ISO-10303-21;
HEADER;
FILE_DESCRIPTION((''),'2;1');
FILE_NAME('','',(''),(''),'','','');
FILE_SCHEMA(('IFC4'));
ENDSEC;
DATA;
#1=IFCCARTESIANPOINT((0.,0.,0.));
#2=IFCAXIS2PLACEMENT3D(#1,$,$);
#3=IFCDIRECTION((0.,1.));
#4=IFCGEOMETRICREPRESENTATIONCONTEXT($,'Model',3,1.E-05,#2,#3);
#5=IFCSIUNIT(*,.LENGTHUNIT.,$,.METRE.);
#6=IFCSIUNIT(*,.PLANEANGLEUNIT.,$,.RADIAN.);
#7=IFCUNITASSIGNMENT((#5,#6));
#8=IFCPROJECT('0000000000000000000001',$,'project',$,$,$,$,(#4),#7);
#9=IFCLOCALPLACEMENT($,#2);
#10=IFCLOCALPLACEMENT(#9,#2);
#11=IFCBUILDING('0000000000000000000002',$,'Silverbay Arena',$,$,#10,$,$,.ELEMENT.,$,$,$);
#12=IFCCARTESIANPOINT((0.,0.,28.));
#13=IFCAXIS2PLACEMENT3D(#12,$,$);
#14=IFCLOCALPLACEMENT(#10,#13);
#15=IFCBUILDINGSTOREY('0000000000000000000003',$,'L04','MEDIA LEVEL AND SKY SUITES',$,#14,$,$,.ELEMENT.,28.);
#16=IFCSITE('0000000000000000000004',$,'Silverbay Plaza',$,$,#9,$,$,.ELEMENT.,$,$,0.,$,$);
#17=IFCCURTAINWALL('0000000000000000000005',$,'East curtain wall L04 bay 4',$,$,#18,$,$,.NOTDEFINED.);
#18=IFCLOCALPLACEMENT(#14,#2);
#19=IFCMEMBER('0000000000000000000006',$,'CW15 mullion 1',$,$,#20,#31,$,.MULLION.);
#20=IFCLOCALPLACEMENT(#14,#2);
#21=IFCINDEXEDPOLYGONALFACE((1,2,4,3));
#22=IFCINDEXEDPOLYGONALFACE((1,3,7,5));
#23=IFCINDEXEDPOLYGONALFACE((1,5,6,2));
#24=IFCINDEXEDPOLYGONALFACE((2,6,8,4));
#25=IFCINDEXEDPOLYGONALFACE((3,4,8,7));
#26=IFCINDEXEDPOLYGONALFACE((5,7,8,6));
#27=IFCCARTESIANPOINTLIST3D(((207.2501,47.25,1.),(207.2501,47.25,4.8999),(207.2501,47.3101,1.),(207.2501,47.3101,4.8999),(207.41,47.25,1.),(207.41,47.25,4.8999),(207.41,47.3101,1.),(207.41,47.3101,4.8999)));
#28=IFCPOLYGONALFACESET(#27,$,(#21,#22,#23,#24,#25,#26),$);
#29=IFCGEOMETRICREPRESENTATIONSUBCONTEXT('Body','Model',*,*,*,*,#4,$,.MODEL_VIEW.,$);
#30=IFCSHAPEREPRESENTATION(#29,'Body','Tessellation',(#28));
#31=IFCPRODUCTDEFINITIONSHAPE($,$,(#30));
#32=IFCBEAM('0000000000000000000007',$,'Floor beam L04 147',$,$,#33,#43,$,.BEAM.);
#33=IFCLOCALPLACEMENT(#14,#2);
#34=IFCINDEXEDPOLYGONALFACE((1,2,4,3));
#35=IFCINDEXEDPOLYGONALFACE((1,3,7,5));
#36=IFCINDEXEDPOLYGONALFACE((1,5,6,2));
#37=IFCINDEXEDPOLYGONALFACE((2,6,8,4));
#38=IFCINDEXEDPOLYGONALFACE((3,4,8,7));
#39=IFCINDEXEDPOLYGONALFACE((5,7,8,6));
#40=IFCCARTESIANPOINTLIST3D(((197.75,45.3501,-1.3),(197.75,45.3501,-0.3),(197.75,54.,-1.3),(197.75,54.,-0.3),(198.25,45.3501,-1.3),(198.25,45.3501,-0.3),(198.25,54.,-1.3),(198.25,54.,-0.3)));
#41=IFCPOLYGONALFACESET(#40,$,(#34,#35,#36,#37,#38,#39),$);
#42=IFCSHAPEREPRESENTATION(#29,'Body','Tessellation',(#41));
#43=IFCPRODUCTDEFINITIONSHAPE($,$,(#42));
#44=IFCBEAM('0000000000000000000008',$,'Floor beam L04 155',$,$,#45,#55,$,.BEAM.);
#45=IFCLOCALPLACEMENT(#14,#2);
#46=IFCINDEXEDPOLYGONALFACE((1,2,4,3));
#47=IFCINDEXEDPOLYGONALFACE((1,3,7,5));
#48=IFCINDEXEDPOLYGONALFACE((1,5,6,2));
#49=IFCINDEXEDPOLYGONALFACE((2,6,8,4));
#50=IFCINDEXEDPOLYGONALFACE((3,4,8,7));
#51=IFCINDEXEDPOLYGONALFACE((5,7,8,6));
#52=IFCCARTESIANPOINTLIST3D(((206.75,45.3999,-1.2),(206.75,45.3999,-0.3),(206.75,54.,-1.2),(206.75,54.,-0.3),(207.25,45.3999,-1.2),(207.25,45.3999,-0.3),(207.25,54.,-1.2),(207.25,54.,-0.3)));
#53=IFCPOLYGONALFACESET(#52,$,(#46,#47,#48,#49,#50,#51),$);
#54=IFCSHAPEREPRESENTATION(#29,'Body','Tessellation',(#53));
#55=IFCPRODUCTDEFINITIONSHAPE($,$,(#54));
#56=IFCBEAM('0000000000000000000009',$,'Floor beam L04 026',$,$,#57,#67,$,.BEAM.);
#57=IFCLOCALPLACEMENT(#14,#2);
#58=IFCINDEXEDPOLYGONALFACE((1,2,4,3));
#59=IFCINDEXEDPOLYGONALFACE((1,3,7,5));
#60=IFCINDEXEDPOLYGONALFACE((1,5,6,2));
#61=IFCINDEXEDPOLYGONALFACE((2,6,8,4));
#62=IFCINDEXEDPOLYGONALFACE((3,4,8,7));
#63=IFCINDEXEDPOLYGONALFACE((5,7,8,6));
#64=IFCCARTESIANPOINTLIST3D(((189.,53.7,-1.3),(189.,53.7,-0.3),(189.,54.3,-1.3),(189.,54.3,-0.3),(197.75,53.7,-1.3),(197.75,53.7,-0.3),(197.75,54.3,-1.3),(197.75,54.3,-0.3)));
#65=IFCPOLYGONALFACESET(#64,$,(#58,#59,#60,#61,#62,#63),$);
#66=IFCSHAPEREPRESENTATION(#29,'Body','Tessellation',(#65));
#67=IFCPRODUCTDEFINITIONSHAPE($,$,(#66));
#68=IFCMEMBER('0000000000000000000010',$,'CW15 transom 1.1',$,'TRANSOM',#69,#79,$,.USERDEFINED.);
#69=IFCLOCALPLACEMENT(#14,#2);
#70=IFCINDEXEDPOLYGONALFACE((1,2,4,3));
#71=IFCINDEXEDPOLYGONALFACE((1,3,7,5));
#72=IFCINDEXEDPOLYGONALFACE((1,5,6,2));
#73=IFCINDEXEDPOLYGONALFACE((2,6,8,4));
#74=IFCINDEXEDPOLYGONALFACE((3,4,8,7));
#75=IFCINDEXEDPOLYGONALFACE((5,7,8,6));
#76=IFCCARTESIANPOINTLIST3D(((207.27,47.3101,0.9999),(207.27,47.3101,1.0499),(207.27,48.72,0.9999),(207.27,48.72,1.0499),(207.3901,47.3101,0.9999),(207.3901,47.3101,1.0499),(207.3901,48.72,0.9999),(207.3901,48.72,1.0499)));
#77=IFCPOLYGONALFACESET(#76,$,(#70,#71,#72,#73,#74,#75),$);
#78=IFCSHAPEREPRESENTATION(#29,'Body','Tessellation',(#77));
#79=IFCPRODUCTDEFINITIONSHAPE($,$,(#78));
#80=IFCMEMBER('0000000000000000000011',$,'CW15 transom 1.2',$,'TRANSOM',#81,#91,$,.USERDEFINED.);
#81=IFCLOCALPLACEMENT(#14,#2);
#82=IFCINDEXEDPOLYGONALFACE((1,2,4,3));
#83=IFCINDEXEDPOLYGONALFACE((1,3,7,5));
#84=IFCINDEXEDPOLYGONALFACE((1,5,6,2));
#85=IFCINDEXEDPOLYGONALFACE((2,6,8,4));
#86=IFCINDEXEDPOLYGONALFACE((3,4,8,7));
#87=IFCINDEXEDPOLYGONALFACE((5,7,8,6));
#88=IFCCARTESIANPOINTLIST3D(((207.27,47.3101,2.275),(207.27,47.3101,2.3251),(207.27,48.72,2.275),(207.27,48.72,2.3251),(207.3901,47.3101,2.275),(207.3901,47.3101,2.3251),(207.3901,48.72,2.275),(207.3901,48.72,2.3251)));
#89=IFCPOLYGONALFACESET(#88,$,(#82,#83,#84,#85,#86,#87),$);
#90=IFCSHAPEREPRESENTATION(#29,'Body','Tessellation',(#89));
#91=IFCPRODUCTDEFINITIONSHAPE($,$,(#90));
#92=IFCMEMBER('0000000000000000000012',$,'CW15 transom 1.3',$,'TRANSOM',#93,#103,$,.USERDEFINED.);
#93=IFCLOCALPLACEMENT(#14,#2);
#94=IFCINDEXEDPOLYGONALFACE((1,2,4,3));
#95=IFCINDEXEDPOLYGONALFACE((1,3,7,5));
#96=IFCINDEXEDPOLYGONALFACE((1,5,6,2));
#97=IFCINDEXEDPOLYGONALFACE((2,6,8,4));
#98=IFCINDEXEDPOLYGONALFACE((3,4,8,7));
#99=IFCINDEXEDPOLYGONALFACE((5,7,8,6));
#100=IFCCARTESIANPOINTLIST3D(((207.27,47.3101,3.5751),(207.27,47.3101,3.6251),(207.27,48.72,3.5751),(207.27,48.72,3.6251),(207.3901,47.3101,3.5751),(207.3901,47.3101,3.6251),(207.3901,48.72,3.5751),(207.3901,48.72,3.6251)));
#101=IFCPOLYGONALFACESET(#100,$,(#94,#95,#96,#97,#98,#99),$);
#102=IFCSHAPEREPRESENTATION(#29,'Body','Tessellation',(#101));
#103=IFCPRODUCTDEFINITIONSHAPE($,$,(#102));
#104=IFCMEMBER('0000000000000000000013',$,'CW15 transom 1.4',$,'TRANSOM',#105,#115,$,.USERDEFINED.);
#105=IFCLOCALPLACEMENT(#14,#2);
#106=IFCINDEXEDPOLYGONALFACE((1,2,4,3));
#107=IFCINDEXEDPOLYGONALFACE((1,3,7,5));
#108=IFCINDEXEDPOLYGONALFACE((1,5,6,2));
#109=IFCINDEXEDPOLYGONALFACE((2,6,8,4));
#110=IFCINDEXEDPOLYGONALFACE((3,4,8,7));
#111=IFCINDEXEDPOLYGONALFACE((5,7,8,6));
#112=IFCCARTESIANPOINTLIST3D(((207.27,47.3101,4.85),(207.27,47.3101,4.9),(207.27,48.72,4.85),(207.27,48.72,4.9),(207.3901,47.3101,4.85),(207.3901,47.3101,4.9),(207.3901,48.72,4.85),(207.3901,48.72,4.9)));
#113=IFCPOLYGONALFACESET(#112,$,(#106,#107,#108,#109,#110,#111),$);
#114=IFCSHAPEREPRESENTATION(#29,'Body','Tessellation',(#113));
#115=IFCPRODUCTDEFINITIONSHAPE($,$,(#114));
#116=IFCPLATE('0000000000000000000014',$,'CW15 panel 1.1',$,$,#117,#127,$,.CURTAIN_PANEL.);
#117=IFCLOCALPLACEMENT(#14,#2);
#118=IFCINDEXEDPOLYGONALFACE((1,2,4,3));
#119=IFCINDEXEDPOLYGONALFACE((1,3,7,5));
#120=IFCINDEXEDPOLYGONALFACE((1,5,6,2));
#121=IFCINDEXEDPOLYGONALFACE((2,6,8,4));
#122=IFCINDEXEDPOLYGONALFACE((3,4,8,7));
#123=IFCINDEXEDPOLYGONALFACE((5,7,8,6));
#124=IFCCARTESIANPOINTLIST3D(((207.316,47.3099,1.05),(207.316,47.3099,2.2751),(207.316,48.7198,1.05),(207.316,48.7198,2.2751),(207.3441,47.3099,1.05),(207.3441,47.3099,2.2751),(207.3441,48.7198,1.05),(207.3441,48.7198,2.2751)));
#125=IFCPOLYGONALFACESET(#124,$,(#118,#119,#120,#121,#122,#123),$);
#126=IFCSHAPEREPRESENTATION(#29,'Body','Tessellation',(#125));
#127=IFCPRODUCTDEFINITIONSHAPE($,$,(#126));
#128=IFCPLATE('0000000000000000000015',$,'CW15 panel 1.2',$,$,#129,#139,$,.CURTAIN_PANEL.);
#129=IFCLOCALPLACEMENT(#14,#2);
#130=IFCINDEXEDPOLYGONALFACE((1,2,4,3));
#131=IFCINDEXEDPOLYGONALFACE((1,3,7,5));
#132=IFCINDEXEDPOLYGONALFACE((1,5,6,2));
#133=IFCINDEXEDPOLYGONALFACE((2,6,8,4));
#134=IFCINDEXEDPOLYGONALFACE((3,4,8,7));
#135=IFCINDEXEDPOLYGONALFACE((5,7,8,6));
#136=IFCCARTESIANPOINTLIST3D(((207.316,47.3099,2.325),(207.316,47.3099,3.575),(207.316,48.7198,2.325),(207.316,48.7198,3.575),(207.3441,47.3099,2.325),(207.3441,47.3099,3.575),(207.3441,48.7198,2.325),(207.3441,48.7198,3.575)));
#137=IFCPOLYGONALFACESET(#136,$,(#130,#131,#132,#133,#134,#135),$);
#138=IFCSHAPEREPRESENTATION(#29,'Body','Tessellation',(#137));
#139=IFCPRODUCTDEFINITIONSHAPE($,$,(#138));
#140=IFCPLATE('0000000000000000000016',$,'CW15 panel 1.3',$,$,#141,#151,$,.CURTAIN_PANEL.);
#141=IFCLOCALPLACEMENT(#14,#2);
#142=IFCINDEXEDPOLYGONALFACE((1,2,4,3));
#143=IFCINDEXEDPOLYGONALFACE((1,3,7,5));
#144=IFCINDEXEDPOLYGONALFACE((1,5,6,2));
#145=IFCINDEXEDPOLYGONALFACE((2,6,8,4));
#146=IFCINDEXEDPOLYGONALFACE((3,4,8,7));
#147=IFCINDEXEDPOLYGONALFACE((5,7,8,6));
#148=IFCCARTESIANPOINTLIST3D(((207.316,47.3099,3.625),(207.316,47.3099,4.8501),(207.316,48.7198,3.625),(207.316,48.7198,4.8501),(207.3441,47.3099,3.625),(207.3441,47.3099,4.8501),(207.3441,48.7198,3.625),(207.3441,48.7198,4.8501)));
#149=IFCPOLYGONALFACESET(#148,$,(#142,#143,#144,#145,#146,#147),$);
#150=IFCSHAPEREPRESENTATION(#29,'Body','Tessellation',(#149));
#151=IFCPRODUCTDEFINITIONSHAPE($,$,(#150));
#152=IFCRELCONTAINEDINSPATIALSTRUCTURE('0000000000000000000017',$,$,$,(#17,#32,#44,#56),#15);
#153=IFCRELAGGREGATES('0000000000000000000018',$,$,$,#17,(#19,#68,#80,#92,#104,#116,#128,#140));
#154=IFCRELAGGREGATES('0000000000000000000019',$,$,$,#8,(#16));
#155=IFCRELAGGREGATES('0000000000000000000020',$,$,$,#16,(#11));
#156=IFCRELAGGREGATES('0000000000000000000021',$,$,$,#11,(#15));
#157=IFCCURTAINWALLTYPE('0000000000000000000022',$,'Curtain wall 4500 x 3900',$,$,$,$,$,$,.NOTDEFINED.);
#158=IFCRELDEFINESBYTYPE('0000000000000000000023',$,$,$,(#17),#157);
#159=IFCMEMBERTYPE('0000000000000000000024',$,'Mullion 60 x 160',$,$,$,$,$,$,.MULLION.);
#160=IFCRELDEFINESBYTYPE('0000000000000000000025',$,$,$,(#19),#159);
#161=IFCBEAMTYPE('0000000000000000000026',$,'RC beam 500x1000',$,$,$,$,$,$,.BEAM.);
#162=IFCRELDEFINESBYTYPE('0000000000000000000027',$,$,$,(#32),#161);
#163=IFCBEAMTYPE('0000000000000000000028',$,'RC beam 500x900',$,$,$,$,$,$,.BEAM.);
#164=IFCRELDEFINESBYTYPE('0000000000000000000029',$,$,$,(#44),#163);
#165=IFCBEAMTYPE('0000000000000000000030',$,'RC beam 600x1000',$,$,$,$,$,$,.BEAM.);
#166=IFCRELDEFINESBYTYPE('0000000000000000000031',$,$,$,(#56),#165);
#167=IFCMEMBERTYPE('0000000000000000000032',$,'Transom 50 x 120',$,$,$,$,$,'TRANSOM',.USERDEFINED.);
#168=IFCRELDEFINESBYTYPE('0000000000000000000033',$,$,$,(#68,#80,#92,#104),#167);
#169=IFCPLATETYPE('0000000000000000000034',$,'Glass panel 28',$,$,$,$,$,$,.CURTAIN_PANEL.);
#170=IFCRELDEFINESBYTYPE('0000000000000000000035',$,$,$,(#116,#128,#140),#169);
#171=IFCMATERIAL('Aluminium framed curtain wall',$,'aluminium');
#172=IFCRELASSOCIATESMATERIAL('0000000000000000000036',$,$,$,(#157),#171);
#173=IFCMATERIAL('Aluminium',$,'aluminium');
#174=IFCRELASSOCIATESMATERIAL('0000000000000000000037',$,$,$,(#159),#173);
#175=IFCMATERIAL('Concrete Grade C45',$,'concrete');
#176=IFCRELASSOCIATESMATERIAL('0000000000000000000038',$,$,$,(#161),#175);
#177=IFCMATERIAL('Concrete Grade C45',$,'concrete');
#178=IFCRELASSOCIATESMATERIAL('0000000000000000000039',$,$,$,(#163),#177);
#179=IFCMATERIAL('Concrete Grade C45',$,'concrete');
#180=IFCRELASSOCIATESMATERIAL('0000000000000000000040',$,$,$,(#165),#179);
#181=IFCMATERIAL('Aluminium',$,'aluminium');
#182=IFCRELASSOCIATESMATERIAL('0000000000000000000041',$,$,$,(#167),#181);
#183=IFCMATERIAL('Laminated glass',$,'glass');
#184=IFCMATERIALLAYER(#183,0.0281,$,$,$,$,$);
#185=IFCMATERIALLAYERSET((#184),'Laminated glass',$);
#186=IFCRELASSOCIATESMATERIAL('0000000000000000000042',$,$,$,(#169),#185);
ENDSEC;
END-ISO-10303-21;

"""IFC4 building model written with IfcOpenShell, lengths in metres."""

from ifc_helpers import new_model, si_unit, direction, frame, origin, origin_2d, place, context, subcontext, project, spatial, rectangle, extrude, material, layer, layer_set, material_profile, profile_set, type_object, element, aggregate, save


model = new_model("IFC4")

# Units and contexts
model_context = context("Model", 3, precision=1e-05, world=origin(), true_north=direction((0.0, 1.0)))
body_context = subcontext(model_context, "Body", "Model", "MODEL_VIEW")
ifc_project = project(units=[si_unit("LENGTHUNIT", "METRE"), si_unit("PLANEANGLEUNIT", "RADIAN")], contexts=[model_context])

# Site, building, storey
site_placement = place(None, origin())
site = spatial("IfcSite", under=ifc_project, at=site_placement, Name="Silverbay Plaza", CompositionType="ELEMENT", RefElevation=0.0)
building_placement = place(site_placement, origin())
building = spatial("IfcBuilding", under=site, at=building_placement, Name="Silverbay Arena", CompositionType="ELEMENT")
storey_placement = place(building_placement, frame((0.0, 0.0, 28.0)))
storey = spatial("IfcBuildingStorey", under=building, at=storey_placement, Name="L04", Description="MEDIA LEVEL AND SKY SUITES", CompositionType="ELEMENT", Elevation=28.0)

# Curtain wall, member
ifc_material_1 = material(Name="Aluminium framed curtain wall", Category="aluminium")
curtain_wall_type = type_object("IfcCurtainWallType", Name="Curtain wall 4500 x 3900", PredefinedType="NOTDEFINED", material=ifc_material_1)
curtain_wall_placement = place(storey_placement, origin())
curtain_wall = element("IfcCurtainWall", 1, at=curtain_wall_placement, inside=storey, type_object=curtain_wall_type, Name="East curtain wall L04 bay 4", PredefinedType="NOTDEFINED")
ifc_material_2 = material(Name="Aluminium", Category="aluminium")
ifc_material_profile_1 = material_profile(ifc_material_2, rectangle(XDim=0.1599, YDim=0.0601, at=origin_2d()), Name="Mullion 60 x 160")
ifc_profile_set_1 = profile_set([ifc_material_profile_1], Name="Aluminium")
member_type_1 = type_object("IfcMemberType", Name="Mullion 60 x 160", PredefinedType="MULLION", material=ifc_profile_set_1)
member_1_placement = place(storey_placement, frame((207.3301, 47.28, 1.0), z_axis=(0.0, 0.0, 1.0), x_axis=(-1.0, 0.0, 0.0)))
member_1 = element("IfcMember", 2, at=member_1_placement, type_object=member_type_1, Name="CW15 mullion 1", PredefinedType="MULLION", context=body_context, shape_type="SweptSolid", body=[
    extrude(rectangle(XDim=0.1599, YDim=0.0601, at=origin_2d()), origin(), (0.0, 0.0, 1.0), 3.8999),
])

# Beams
ifc_material_3 = material(Name="Concrete Grade C45", Category="concrete")
ifc_material_profile_2 = material_profile(ifc_material_3, rectangle(XDim=0.5, YDim=1.0, at=origin_2d()), Name="RC 500x1000")
ifc_profile_set_2 = profile_set([ifc_material_profile_2], Name="Concrete Grade C45")
beam_type_1 = type_object("IfcBeamType", Name="RC beam 500x1000", PredefinedType="BEAM", material=ifc_profile_set_2)
beam_1_placement = place(storey_placement, frame((198.0, 45.3501, -0.8), z_axis=(0.0, 1.0, 0.0), x_axis=(-1.0, 0.0, 0.0)))
element("IfcBeam", 3, at=beam_1_placement, inside=storey, type_object=beam_type_1, Name="Floor beam L04 147", PredefinedType="BEAM", context=body_context, shape_type="SweptSolid", body=[
    extrude(rectangle(XDim=0.5, YDim=1.0, at=origin_2d()), origin(), (0.0, 0.0, 1.0), 8.6499),
])
ifc_material_4 = material(Name="Concrete Grade C45", Category="concrete")
ifc_material_profile_3 = material_profile(ifc_material_4, rectangle(XDim=0.5, YDim=0.8999, at=origin_2d()), Name="RC 500x900")
ifc_profile_set_3 = profile_set([ifc_material_profile_3], Name="Concrete Grade C45")
beam_type_2 = type_object("IfcBeamType", Name="RC beam 500x900", PredefinedType="BEAM", material=ifc_profile_set_3)
beam_2_placement = place(storey_placement, frame((207.0, 45.3999, -0.75), z_axis=(0.0, 1.0, 0.0), x_axis=(-1.0, 0.0, 0.0)))
element("IfcBeam", 4, at=beam_2_placement, inside=storey, type_object=beam_type_2, Name="Floor beam L04 155", PredefinedType="BEAM", context=body_context, shape_type="SweptSolid", body=[
    extrude(rectangle(XDim=0.5, YDim=0.8999, at=origin_2d()), origin(), (0.0, 0.0, 1.0), 8.6001),
])
ifc_material_5 = material(Name="Concrete Grade C45", Category="concrete")
ifc_material_profile_4 = material_profile(ifc_material_5, rectangle(XDim=0.6001, YDim=1.0, at=origin_2d()), Name="RC 600x1000")
ifc_profile_set_4 = profile_set([ifc_material_profile_4], Name="Concrete Grade C45")
beam_type_3 = type_object("IfcBeamType", Name="RC beam 600x1000", PredefinedType="BEAM", material=ifc_profile_set_4)
beam_3_placement = place(storey_placement, frame((189.0, 54.0, -0.8), z_axis=(1.0, 0.0, 0.0), x_axis=(0.0, 1.0, 0.0)))
element("IfcBeam", 5, at=beam_3_placement, inside=storey, type_object=beam_type_3, Name="Floor beam L04 026", PredefinedType="BEAM", context=body_context, shape_type="SweptSolid", body=[
    extrude(rectangle(XDim=0.6001, YDim=1.0, at=origin_2d()), origin(), (0.0, 0.0, 1.0), 8.75),
])

# Members
ifc_material_6 = material(Name="Aluminium", Category="aluminium")
ifc_material_profile_5 = material_profile(ifc_material_6, rectangle(XDim=0.1201, YDim=0.05, at=origin_2d()), Name="Transom 50 x 120")
ifc_profile_set_5 = profile_set([ifc_material_profile_5], Name="Aluminium")
member_type_2 = type_object("IfcMemberType", Name="Transom 50 x 120", ElementType="TRANSOM", PredefinedType="USERDEFINED", material=ifc_profile_set_5)
member_2_placement = place(storey_placement, frame((207.3301, 47.3101, 1.0249), z_axis=(0.0, 1.0, 0.0), x_axis=(-1.0, 0.0, 0.0)))
member_2 = element("IfcMember", 6, at=member_2_placement, type_object=member_type_2, Name="CW15 transom 1.1", ObjectType="TRANSOM", PredefinedType="USERDEFINED", context=body_context, shape_type="SweptSolid", body=[
    extrude(rectangle(XDim=0.1201, YDim=0.05, at=origin_2d()), origin(), (0.0, 0.0, 1.0), 1.4099),
])
member_3_placement = place(storey_placement, frame((207.3301, 47.3101, 2.3), z_axis=(0.0, 1.0, 0.0), x_axis=(-1.0, 0.0, 0.0)))
member_3 = element("IfcMember", 7, at=member_3_placement, type_object=member_type_2, Name="CW15 transom 1.2", ObjectType="TRANSOM", PredefinedType="USERDEFINED", context=body_context, shape_type="SweptSolid", body=[
    extrude(rectangle(XDim=0.1201, YDim=0.05, at=origin_2d()), origin(), (0.0, 0.0, 1.0), 1.4099),
])
member_4_placement = place(storey_placement, frame((207.3301, 47.3101, 3.6001), z_axis=(0.0, 1.0, 0.0), x_axis=(-1.0, 0.0, 0.0)))
member_4 = element("IfcMember", 8, at=member_4_placement, type_object=member_type_2, Name="CW15 transom 1.3", ObjectType="TRANSOM", PredefinedType="USERDEFINED", context=body_context, shape_type="SweptSolid", body=[
    extrude(rectangle(XDim=0.1201, YDim=0.05, at=origin_2d()), origin(), (0.0, 0.0, 1.0), 1.4099),
])
member_5_placement = place(storey_placement, frame((207.3301, 47.3101, 4.875), z_axis=(0.0, 1.0, 0.0), x_axis=(-1.0, 0.0, 0.0)))
member_5 = element("IfcMember", 9, at=member_5_placement, type_object=member_type_2, Name="CW15 transom 1.4", ObjectType="TRANSOM", PredefinedType="USERDEFINED", context=body_context, shape_type="SweptSolid", body=[
    extrude(rectangle(XDim=0.1201, YDim=0.05, at=origin_2d()), origin(), (0.0, 0.0, 1.0), 1.4099),
])

# Plates
ifc_material_7 = material(Name="Laminated glass", Category="glass")
ifc_layer_1 = layer(ifc_material_7, 0.0281)
ifc_layer_set_1 = layer_set([ifc_layer_1], Name="Laminated glass")
plate_type = type_object("IfcPlateType", Name="Glass panel 28", PredefinedType="CURTAIN_PANEL", material=ifc_layer_set_1)
plate_1_placement = place(storey_placement, frame((207.3301, 48.0149, 1.05), z_axis=(0.0, 0.0, 1.0), x_axis=(0.0, 1.0, 0.0)))
plate_1 = element("IfcPlate", 10, at=plate_1_placement, type_object=plate_type, Name="CW15 panel 1.1", PredefinedType="CURTAIN_PANEL", context=body_context, shape_type="SweptSolid", body=[
    extrude(rectangle(XDim=1.4099, YDim=0.0281, at=origin_2d()), origin(), (0.0, 0.0, 1.0), 1.2251),
])
plate_2_placement = place(storey_placement, frame((207.3301, 48.0149, 2.325), z_axis=(0.0, 0.0, 1.0), x_axis=(0.0, 1.0, 0.0)))
plate_2 = element("IfcPlate", 11, at=plate_2_placement, type_object=plate_type, Name="CW15 panel 1.2", PredefinedType="CURTAIN_PANEL", context=body_context, shape_type="SweptSolid", body=[
    extrude(rectangle(XDim=1.4099, YDim=0.0281, at=origin_2d()), origin(), (0.0, 0.0, 1.0), 1.25),
])
plate_3_placement = place(storey_placement, frame((207.3301, 48.0149, 3.625), z_axis=(0.0, 0.0, 1.0), x_axis=(0.0, 1.0, 0.0)))
plate_3 = element("IfcPlate", 12, at=plate_3_placement, type_object=plate_type, Name="CW15 panel 1.3", PredefinedType="CURTAIN_PANEL", context=body_context, shape_type="SweptSolid", body=[
    extrude(rectangle(XDim=1.4099, YDim=0.0281, at=origin_2d()), origin(), (0.0, 0.0, 1.0), 1.2251),
])
aggregate(curtain_wall, [member_1, member_2, member_3, member_4, member_5, plate_1, plate_2, plate_3])

save(model, "model.ifc")
